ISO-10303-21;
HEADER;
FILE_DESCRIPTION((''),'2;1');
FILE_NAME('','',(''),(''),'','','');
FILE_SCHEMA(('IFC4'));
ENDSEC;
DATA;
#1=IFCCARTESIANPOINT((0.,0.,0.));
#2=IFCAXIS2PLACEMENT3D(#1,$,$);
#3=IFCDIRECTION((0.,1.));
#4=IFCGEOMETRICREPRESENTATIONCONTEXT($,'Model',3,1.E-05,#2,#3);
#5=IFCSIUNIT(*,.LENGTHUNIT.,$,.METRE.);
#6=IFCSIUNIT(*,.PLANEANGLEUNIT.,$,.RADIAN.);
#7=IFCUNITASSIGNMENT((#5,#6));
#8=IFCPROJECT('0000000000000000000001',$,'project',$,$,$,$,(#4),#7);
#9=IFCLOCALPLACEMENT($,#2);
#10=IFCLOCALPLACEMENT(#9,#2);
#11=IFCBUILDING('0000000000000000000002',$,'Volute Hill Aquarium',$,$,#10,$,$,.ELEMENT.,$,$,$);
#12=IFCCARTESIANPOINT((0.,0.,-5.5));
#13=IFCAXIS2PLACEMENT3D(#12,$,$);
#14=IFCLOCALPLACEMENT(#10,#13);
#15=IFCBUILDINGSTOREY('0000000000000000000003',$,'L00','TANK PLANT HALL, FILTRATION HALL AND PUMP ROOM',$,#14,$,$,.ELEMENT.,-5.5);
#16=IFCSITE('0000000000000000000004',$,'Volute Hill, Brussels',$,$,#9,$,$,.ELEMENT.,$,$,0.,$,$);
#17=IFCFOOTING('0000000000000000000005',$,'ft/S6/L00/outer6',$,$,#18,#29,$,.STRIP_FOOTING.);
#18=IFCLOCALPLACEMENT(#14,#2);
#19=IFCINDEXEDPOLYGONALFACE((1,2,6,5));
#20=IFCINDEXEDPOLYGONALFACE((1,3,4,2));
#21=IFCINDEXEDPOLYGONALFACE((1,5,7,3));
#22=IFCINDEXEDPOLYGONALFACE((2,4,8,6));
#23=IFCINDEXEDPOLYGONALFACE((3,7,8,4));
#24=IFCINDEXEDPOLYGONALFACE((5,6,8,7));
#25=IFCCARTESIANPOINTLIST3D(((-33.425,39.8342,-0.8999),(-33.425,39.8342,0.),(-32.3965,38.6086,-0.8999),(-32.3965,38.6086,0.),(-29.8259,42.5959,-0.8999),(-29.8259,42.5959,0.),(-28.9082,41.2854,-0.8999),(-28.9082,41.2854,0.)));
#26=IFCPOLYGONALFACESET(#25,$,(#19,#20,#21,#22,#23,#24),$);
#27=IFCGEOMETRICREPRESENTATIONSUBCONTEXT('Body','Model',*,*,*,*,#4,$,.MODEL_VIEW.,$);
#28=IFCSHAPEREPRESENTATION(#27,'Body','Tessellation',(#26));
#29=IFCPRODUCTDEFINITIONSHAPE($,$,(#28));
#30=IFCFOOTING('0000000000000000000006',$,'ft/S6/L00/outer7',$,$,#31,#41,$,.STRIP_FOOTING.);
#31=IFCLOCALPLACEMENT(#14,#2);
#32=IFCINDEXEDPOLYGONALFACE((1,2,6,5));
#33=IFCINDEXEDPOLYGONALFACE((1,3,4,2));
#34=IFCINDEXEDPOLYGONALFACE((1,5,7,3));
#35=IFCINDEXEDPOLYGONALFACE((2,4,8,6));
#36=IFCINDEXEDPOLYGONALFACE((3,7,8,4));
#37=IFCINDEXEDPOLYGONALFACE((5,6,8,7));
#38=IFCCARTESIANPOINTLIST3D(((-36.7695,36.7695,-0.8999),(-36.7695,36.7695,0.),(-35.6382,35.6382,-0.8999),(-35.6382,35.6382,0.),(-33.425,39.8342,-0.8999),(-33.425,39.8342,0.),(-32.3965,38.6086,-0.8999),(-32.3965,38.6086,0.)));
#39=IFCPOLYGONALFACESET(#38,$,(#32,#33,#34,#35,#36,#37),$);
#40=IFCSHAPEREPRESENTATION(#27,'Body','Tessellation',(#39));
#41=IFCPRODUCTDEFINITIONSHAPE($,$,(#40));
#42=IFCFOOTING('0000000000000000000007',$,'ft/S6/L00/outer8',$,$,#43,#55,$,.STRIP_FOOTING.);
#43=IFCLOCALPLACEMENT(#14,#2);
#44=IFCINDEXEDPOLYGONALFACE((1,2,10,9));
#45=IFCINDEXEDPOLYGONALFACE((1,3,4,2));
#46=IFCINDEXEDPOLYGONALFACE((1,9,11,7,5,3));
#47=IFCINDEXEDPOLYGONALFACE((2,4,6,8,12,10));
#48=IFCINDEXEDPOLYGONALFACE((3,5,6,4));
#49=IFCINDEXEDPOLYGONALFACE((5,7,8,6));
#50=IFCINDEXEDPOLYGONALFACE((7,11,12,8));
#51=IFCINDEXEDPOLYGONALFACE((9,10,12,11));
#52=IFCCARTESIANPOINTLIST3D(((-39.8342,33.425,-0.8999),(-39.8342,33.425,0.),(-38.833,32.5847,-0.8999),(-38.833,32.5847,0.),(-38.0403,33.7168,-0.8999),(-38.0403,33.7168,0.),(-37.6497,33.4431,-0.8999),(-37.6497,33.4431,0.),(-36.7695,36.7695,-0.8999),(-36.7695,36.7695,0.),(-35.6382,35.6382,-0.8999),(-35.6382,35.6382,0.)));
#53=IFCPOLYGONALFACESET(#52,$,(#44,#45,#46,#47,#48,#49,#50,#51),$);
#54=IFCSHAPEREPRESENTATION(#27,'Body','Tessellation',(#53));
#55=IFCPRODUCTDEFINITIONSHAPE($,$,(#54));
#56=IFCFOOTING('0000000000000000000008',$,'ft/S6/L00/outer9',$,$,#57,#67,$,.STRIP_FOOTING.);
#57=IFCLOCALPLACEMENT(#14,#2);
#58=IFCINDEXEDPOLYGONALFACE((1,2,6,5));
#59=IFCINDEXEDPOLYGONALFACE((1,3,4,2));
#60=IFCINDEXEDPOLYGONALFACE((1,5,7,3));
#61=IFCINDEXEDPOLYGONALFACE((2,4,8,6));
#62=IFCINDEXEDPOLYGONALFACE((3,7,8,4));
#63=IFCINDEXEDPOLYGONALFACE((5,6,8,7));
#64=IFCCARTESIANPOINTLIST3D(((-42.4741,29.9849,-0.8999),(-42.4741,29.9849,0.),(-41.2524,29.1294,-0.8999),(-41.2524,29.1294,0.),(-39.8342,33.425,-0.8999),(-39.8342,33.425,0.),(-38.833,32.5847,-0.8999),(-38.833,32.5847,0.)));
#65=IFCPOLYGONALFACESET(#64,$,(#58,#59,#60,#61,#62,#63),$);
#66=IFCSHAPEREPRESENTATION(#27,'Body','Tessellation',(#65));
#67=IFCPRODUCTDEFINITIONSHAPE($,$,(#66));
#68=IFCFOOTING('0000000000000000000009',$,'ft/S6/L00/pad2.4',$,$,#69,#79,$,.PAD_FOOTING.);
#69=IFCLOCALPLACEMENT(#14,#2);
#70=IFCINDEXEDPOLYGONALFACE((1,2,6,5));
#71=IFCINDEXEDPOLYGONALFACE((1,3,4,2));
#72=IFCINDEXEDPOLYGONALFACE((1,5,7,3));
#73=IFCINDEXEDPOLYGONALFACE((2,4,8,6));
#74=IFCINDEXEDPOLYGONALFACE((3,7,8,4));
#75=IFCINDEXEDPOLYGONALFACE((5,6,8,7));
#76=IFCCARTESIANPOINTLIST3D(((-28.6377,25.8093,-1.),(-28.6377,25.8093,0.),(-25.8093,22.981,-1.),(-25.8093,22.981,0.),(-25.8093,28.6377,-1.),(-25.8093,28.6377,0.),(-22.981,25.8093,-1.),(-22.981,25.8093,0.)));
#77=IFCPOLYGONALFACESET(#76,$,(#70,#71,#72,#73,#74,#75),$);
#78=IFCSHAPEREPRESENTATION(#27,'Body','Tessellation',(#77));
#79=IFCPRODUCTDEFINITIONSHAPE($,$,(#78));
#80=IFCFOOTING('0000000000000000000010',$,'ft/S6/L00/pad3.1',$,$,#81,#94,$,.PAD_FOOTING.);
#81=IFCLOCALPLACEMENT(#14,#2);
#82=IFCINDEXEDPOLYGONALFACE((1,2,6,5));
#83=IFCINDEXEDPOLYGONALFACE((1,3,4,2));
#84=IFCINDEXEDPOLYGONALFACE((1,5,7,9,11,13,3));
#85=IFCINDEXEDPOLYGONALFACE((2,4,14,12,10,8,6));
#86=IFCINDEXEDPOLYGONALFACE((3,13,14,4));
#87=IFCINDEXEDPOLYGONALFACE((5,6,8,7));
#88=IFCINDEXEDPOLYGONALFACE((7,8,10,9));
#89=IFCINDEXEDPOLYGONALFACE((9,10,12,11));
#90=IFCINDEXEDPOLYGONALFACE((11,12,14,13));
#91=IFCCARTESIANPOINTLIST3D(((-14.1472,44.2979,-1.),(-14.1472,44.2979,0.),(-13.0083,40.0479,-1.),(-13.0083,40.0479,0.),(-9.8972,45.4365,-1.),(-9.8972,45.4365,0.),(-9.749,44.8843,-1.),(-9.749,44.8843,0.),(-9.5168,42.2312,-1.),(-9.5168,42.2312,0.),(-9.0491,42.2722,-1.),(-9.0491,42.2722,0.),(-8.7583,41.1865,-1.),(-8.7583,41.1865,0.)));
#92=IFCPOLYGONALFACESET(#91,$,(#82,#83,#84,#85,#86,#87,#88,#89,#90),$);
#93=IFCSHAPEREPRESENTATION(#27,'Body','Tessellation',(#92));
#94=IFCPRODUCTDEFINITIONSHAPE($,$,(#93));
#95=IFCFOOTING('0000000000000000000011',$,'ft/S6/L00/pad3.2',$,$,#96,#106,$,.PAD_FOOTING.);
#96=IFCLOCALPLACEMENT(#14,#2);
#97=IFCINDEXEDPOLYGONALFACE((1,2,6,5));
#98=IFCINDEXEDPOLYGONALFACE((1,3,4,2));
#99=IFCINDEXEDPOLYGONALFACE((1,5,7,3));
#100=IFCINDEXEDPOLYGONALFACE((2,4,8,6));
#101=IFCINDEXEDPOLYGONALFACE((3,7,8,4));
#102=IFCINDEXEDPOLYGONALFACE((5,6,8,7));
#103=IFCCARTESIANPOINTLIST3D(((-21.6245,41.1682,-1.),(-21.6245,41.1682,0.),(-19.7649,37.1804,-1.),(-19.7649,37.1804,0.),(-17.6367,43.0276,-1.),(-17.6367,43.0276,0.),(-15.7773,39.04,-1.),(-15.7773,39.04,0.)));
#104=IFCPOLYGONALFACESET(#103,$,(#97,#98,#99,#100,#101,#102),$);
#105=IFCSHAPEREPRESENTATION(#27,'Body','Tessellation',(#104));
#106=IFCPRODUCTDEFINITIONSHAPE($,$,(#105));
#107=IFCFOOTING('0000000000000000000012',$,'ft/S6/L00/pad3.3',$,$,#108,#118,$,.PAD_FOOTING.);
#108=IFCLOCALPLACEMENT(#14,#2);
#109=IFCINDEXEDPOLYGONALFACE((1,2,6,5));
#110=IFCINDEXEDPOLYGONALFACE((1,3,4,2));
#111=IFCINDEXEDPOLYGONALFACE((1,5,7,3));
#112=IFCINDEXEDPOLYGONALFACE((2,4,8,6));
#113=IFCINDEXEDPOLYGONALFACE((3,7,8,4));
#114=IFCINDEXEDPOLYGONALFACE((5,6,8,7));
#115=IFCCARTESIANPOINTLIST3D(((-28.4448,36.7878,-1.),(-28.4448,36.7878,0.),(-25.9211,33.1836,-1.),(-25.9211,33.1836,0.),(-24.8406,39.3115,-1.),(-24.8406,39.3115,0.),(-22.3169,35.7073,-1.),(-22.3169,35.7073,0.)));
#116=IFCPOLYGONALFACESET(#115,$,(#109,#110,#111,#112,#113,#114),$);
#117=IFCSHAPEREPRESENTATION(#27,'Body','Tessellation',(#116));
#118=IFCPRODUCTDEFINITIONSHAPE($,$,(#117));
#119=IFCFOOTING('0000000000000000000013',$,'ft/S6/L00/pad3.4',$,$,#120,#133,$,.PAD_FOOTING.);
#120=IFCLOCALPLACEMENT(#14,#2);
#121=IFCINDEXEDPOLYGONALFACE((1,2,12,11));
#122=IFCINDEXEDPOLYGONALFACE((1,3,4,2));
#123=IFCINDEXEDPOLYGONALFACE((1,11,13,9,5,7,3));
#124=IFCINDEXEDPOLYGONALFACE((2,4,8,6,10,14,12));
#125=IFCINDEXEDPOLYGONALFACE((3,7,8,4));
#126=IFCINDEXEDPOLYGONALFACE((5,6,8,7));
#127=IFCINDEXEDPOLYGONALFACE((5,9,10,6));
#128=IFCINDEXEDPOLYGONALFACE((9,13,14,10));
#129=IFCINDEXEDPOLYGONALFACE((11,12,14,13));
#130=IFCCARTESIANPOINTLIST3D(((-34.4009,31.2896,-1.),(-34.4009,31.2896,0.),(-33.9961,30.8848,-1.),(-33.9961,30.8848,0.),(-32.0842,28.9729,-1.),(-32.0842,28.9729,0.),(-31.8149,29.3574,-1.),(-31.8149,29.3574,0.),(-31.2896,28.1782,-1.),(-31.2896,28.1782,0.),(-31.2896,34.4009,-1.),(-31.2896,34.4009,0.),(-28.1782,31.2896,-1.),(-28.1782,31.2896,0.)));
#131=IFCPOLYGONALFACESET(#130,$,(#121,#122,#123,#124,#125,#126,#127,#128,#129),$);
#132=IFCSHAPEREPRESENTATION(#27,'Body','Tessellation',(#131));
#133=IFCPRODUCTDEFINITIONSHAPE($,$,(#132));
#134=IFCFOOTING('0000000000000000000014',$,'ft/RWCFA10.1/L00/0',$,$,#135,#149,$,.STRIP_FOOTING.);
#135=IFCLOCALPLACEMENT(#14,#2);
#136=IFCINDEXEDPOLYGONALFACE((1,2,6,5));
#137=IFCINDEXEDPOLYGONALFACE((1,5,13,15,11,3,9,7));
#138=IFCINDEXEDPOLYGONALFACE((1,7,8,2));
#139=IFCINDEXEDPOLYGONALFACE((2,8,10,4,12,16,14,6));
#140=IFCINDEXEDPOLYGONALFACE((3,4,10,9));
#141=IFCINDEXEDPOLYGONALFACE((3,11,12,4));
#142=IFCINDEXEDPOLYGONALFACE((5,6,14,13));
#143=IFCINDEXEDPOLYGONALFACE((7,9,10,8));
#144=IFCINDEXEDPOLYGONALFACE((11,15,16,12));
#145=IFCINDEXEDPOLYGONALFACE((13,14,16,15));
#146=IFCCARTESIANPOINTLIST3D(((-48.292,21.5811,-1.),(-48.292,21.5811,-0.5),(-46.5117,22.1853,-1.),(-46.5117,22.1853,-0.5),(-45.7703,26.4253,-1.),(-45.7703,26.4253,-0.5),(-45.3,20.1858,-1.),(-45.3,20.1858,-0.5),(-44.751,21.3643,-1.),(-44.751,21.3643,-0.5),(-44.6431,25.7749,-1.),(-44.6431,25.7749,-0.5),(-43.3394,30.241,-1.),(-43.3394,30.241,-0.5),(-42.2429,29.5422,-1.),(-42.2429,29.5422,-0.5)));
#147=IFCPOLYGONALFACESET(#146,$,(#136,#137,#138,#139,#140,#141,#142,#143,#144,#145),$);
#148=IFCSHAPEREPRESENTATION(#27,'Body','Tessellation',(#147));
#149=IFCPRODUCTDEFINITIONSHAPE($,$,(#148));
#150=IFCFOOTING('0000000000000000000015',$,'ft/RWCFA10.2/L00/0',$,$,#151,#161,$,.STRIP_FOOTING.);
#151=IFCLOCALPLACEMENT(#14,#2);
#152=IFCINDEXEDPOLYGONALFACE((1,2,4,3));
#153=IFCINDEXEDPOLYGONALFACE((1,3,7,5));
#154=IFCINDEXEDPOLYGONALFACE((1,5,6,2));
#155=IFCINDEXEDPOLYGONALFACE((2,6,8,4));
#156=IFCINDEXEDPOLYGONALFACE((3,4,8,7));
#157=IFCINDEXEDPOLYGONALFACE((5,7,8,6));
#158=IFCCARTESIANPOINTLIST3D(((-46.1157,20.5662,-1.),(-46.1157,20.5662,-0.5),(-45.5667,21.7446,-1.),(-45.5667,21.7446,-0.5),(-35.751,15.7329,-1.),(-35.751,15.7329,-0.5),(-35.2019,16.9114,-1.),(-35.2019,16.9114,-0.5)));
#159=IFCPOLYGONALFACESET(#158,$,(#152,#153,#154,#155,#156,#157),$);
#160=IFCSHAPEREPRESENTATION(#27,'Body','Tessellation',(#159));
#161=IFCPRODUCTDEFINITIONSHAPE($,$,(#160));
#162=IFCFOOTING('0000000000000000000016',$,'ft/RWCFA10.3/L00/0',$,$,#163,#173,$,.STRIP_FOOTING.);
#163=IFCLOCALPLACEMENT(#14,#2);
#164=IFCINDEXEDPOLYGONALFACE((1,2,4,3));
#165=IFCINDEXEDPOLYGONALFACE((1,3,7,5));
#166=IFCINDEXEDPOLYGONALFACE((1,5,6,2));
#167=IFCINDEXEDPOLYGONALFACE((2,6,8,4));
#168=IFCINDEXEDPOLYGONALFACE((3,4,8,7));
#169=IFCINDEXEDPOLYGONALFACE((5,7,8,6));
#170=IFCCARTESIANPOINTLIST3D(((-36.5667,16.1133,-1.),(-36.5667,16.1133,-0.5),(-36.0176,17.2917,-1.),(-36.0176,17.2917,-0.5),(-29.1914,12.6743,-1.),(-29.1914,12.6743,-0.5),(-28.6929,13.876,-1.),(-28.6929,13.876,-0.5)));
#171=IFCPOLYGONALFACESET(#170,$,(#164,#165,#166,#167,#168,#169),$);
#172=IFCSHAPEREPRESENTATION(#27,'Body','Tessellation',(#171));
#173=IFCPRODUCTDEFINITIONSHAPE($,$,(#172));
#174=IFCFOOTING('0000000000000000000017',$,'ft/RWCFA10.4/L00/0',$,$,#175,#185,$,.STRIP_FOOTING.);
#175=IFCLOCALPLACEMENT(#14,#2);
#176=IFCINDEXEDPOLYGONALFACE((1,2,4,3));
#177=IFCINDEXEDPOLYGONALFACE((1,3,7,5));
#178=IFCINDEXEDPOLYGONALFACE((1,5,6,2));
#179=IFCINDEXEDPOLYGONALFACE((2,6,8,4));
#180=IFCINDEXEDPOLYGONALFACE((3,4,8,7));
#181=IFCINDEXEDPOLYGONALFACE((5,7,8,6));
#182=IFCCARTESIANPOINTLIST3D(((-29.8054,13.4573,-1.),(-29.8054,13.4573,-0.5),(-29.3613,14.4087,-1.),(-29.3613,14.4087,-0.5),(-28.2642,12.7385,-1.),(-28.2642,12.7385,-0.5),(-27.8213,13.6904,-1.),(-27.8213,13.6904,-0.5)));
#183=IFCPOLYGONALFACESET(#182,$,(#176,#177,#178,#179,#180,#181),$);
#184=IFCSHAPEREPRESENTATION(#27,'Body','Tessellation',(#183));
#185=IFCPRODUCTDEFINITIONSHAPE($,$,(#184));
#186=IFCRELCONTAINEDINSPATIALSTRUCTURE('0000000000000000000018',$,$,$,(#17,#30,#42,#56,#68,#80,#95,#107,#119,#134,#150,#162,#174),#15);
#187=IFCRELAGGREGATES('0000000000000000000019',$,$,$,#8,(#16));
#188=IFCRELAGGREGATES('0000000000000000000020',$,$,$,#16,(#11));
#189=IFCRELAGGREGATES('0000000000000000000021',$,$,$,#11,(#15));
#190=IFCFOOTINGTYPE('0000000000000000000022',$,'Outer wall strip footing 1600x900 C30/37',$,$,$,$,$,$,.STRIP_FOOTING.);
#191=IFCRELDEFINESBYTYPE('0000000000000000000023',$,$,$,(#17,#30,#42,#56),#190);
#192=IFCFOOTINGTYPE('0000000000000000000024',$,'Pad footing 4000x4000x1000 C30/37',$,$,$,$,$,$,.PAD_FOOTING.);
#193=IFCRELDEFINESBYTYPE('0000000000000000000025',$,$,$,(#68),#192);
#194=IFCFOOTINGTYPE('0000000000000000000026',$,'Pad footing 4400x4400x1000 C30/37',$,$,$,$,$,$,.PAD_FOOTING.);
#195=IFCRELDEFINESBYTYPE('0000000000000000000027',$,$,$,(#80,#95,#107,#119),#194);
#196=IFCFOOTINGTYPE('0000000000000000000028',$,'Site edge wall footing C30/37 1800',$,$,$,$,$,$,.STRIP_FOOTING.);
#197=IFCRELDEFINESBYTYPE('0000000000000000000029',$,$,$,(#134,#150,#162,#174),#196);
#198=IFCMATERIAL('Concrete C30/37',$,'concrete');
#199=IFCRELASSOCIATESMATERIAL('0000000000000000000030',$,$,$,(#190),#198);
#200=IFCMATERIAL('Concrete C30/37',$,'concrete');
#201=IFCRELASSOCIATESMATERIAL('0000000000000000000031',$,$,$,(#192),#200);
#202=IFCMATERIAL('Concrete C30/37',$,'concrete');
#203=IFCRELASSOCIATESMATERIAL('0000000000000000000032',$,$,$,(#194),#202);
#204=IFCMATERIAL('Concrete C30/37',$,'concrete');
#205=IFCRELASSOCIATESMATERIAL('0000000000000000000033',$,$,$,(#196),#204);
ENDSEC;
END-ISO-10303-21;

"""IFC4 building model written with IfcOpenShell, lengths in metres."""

from ifc_helpers import new_model, si_unit, direction, frame, origin, place, context, subcontext, project, spatial, polyline, outline, extrude, material, type_object, element, save


model = new_model("IFC4")

# Units and contexts
model_context = context("Model", 3, precision=1e-05, world=origin(), true_north=direction((0.0, 1.0)))
body_context = subcontext(model_context, "Body", "Model", "MODEL_VIEW")
ifc_project = project(units=[si_unit("LENGTHUNIT", "METRE"), si_unit("PLANEANGLEUNIT", "RADIAN")], contexts=[model_context])

# Site, building, storey
site_placement = place(None, origin())
site = spatial("IfcSite", under=ifc_project, at=site_placement, Name="Volute Hill, Brussels", CompositionType="ELEMENT", RefElevation=0.0)
building_placement = place(site_placement, origin())
building = spatial("IfcBuilding", under=site, at=building_placement, Name="Volute Hill Aquarium", CompositionType="ELEMENT")
storey_placement = place(building_placement, frame((0.0, 0.0, -5.5)))
storey = spatial("IfcBuildingStorey", under=building, at=storey_placement, Name="L00", Description="TANK PLANT HALL, FILTRATION HALL AND PUMP ROOM", CompositionType="ELEMENT", Elevation=-5.5)

# Footings
ifc_material_1 = material(Name="Concrete C30/37", Category="concrete")
footing_type_1 = type_object("IfcFootingType", Name="Outer wall strip footing 1600x900 C30/37", PredefinedType="STRIP_FOOTING", material=ifc_material_1)
footing_1_placement = place(storey_placement, frame((0.0, 0.0, -0.8999)))
element("IfcFooting", 1, at=footing_1_placement, inside=storey, type_object=footing_type_1, Name="ft/S6/L00/outer6", PredefinedType="STRIP_FOOTING", context=body_context, shape_type="SweptSolid", body=[
    extrude(outline(polyline([(-33.425, 39.8342), (-29.8259, 42.5959), (-28.9082, 41.2854), (-32.3965, 38.6086), (-33.425, 39.8342)])), origin(), (0.0, 0.0, 1.0), 0.8999),
])
footing_2_placement = place(storey_placement, frame((0.0, 0.0, -0.8999)))
element("IfcFooting", 2, at=footing_2_placement, inside=storey, type_object=footing_type_1, Name="ft/S6/L00/outer7", PredefinedType="STRIP_FOOTING", context=body_context, shape_type="SweptSolid", body=[
    extrude(outline(polyline([(-36.7695, 36.7695), (-33.425, 39.8342), (-32.3965, 38.6086), (-35.6382, 35.6382), (-36.7695, 36.7695)])), origin(), (0.0, 0.0, 1.0), 0.8999),
])
footing_3_placement = place(storey_placement, frame((0.0, 0.0, -0.8999)))
element("IfcFooting", 3, at=footing_3_placement, inside=storey, type_object=footing_type_1, Name="ft/S6/L00/outer8", PredefinedType="STRIP_FOOTING", context=body_context, shape_type="SweptSolid", body=[
    extrude(outline(polyline([(-39.8342, 33.425), (-36.7695, 36.7695), (-35.6382, 35.6382), (-37.6497, 33.4431), (-38.0403, 33.7168), (-38.833, 32.5847), (-39.8342, 33.425)])), origin(), (0.0, 0.0, 1.0), 0.8999),
])
footing_4_placement = place(storey_placement, frame((0.0, 0.0, -0.8999)))
element("IfcFooting", 4, at=footing_4_placement, inside=storey, type_object=footing_type_1, Name="ft/S6/L00/outer9", PredefinedType="STRIP_FOOTING", context=body_context, shape_type="SweptSolid", body=[
    extrude(outline(polyline([(-38.833, 32.5847), (-41.2524, 29.1294), (-42.4741, 29.9849), (-39.8342, 33.425), (-38.833, 32.5847)])), origin(), (0.0, 0.0, 1.0), 0.8999),
])
ifc_material_2 = material(Name="Concrete C30/37", Category="concrete")
footing_type_2 = type_object("IfcFootingType", Name="Pad footing 4000x4000x1000 C30/37", PredefinedType="PAD_FOOTING", material=ifc_material_2)
footing_5_placement = place(storey_placement, frame((0.0, 0.0, -1.0)))
element("IfcFooting", 5, at=footing_5_placement, inside=storey, type_object=footing_type_2, Name="ft/S6/L00/pad2.4", PredefinedType="PAD_FOOTING", context=body_context, shape_type="SweptSolid", body=[
    extrude(outline(polyline([(-22.981, 25.8093), (-25.8093, 28.6377), (-28.6377, 25.8093), (-25.8093, 22.981), (-22.981, 25.8093)])), origin(), (0.0, 0.0, 1.0), 1.0),
])
ifc_material_3 = material(Name="Concrete C30/37", Category="concrete")
footing_type_3 = type_object("IfcFootingType", Name="Pad footing 4400x4400x1000 C30/37", PredefinedType="PAD_FOOTING", material=ifc_material_3)
footing_6_placement = place(storey_placement, frame((0.0, 0.0, -1.0)))
element("IfcFooting", 6, at=footing_6_placement, inside=storey, type_object=footing_type_3, Name="ft/S6/L00/pad3.1", PredefinedType="PAD_FOOTING", context=body_context, shape_type="SweptSolid", body=[
    extrude(outline(polyline([(-8.7583, 41.1865), (-13.0083, 40.0479), (-14.1472, 44.2979), (-9.8972, 45.4365), (-9.749, 44.8843), (-9.5168, 42.2312), (-9.0491, 42.2722), (-8.7583, 41.1865)])), origin(), (0.0, 0.0, 1.0), 1.0),
])
footing_7_placement = place(storey_placement, frame((0.0, 0.0, -1.0)))
element("IfcFooting", 7, at=footing_7_placement, inside=storey, type_object=footing_type_3, Name="ft/S6/L00/pad3.2", PredefinedType="PAD_FOOTING", context=body_context, shape_type="SweptSolid", body=[
    extrude(outline(polyline([(-15.7773, 39.04), (-17.6367, 43.0276), (-21.6245, 41.1682), (-19.7649, 37.1804), (-15.7773, 39.04)])), origin(), (0.0, 0.0, 1.0), 1.0),
])
footing_8_placement = place(storey_placement, frame((0.0, 0.0, -1.0)))
element("IfcFooting", 8, at=footing_8_placement, inside=storey, type_object=footing_type_3, Name="ft/S6/L00/pad3.3", PredefinedType="PAD_FOOTING", context=body_context, shape_type="SweptSolid", body=[
    extrude(outline(polyline([(-22.3169, 35.7073), (-24.8406, 39.3115), (-28.4448, 36.7878), (-25.9211, 33.1836), (-22.3169, 35.7073)])), origin(), (0.0, 0.0, 1.0), 1.0),
])
footing_9_placement = place(storey_placement, frame((0.0, 0.0, -1.0)))
element("IfcFooting", 9, at=footing_9_placement, inside=storey, type_object=footing_type_3, Name="ft/S6/L00/pad3.4", PredefinedType="PAD_FOOTING", context=body_context, shape_type="SweptSolid", body=[
    extrude(outline(polyline([(-34.4009, 31.2896), (-31.2896, 34.4009), (-28.1782, 31.2896), (-31.2896, 28.1782), (-32.0842, 28.9729), (-31.8149, 29.3574), (-33.9961, 30.8848), (-34.4009, 31.2896)])), origin(), (0.0, 0.0, 1.0), 1.0),
])
ifc_material_4 = material(Name="Concrete C30/37", Category="concrete")
footing_type_4 = type_object("IfcFootingType", Name="Site edge wall footing C30/37 1800", PredefinedType="STRIP_FOOTING", material=ifc_material_4)
footing_10_placement = place(storey_placement, frame((0.0, 0.0, -1.0)))
element("IfcFooting", 10, at=footing_10_placement, inside=storey, type_object=footing_type_4, Name="ft/RWCFA10.1/L00/0", PredefinedType="STRIP_FOOTING", context=body_context, shape_type="SweptSolid", body=[
    extrude(outline(polyline([(-44.6431, 25.7749), (-42.2429, 29.5422), (-43.3394, 30.241), (-45.7703, 26.4253), (-48.292, 21.5811), (-45.3, 20.1858), (-44.751, 21.3643), (-46.5117, 22.1853), (-44.6431, 25.7749)])), origin(), (0.0, 0.0, 1.0), 0.5),
])
footing_11_placement = place(storey_placement, frame((0.0, 0.0, -1.0)))
element("IfcFooting", 11, at=footing_11_placement, inside=storey, type_object=footing_type_4, Name="ft/RWCFA10.2/L00/0", PredefinedType="STRIP_FOOTING", context=body_context, shape_type="SweptSolid", body=[
    extrude(outline(polyline([(-35.2019, 16.9114), (-45.5667, 21.7446), (-46.1157, 20.5662), (-35.751, 15.7329), (-35.2019, 16.9114)])), origin(), (0.0, 0.0, 1.0), 0.5),
])
footing_12_placement = place(storey_placement, frame((0.0, 0.0, -1.0)))
element("IfcFooting", 12, at=footing_12_placement, inside=storey, type_object=footing_type_4, Name="ft/RWCFA10.3/L00/0", PredefinedType="STRIP_FOOTING", context=body_context, shape_type="SweptSolid", body=[
    extrude(outline(polyline([(-28.6929, 13.876), (-36.0176, 17.2917), (-36.5667, 16.1133), (-29.1914, 12.6743), (-28.6929, 13.876)])), origin(), (0.0, 0.0, 1.0), 0.5),
])
footing_13_placement = place(storey_placement, frame((0.0, 0.0, -1.0)))
element("IfcFooting", 13, at=footing_13_placement, inside=storey, type_object=footing_type_4, Name="ft/RWCFA10.4/L00/0", PredefinedType="STRIP_FOOTING", context=body_context, shape_type="SweptSolid", body=[
    extrude(outline(polyline([(-29.3613, 14.4087), (-29.8054, 13.4573), (-28.2642, 12.7385), (-27.8213, 13.6904), (-29.3613, 14.4087)])), origin(), (0.0, 0.0, 1.0), 0.5),
])

save(model, "model.ifc")
